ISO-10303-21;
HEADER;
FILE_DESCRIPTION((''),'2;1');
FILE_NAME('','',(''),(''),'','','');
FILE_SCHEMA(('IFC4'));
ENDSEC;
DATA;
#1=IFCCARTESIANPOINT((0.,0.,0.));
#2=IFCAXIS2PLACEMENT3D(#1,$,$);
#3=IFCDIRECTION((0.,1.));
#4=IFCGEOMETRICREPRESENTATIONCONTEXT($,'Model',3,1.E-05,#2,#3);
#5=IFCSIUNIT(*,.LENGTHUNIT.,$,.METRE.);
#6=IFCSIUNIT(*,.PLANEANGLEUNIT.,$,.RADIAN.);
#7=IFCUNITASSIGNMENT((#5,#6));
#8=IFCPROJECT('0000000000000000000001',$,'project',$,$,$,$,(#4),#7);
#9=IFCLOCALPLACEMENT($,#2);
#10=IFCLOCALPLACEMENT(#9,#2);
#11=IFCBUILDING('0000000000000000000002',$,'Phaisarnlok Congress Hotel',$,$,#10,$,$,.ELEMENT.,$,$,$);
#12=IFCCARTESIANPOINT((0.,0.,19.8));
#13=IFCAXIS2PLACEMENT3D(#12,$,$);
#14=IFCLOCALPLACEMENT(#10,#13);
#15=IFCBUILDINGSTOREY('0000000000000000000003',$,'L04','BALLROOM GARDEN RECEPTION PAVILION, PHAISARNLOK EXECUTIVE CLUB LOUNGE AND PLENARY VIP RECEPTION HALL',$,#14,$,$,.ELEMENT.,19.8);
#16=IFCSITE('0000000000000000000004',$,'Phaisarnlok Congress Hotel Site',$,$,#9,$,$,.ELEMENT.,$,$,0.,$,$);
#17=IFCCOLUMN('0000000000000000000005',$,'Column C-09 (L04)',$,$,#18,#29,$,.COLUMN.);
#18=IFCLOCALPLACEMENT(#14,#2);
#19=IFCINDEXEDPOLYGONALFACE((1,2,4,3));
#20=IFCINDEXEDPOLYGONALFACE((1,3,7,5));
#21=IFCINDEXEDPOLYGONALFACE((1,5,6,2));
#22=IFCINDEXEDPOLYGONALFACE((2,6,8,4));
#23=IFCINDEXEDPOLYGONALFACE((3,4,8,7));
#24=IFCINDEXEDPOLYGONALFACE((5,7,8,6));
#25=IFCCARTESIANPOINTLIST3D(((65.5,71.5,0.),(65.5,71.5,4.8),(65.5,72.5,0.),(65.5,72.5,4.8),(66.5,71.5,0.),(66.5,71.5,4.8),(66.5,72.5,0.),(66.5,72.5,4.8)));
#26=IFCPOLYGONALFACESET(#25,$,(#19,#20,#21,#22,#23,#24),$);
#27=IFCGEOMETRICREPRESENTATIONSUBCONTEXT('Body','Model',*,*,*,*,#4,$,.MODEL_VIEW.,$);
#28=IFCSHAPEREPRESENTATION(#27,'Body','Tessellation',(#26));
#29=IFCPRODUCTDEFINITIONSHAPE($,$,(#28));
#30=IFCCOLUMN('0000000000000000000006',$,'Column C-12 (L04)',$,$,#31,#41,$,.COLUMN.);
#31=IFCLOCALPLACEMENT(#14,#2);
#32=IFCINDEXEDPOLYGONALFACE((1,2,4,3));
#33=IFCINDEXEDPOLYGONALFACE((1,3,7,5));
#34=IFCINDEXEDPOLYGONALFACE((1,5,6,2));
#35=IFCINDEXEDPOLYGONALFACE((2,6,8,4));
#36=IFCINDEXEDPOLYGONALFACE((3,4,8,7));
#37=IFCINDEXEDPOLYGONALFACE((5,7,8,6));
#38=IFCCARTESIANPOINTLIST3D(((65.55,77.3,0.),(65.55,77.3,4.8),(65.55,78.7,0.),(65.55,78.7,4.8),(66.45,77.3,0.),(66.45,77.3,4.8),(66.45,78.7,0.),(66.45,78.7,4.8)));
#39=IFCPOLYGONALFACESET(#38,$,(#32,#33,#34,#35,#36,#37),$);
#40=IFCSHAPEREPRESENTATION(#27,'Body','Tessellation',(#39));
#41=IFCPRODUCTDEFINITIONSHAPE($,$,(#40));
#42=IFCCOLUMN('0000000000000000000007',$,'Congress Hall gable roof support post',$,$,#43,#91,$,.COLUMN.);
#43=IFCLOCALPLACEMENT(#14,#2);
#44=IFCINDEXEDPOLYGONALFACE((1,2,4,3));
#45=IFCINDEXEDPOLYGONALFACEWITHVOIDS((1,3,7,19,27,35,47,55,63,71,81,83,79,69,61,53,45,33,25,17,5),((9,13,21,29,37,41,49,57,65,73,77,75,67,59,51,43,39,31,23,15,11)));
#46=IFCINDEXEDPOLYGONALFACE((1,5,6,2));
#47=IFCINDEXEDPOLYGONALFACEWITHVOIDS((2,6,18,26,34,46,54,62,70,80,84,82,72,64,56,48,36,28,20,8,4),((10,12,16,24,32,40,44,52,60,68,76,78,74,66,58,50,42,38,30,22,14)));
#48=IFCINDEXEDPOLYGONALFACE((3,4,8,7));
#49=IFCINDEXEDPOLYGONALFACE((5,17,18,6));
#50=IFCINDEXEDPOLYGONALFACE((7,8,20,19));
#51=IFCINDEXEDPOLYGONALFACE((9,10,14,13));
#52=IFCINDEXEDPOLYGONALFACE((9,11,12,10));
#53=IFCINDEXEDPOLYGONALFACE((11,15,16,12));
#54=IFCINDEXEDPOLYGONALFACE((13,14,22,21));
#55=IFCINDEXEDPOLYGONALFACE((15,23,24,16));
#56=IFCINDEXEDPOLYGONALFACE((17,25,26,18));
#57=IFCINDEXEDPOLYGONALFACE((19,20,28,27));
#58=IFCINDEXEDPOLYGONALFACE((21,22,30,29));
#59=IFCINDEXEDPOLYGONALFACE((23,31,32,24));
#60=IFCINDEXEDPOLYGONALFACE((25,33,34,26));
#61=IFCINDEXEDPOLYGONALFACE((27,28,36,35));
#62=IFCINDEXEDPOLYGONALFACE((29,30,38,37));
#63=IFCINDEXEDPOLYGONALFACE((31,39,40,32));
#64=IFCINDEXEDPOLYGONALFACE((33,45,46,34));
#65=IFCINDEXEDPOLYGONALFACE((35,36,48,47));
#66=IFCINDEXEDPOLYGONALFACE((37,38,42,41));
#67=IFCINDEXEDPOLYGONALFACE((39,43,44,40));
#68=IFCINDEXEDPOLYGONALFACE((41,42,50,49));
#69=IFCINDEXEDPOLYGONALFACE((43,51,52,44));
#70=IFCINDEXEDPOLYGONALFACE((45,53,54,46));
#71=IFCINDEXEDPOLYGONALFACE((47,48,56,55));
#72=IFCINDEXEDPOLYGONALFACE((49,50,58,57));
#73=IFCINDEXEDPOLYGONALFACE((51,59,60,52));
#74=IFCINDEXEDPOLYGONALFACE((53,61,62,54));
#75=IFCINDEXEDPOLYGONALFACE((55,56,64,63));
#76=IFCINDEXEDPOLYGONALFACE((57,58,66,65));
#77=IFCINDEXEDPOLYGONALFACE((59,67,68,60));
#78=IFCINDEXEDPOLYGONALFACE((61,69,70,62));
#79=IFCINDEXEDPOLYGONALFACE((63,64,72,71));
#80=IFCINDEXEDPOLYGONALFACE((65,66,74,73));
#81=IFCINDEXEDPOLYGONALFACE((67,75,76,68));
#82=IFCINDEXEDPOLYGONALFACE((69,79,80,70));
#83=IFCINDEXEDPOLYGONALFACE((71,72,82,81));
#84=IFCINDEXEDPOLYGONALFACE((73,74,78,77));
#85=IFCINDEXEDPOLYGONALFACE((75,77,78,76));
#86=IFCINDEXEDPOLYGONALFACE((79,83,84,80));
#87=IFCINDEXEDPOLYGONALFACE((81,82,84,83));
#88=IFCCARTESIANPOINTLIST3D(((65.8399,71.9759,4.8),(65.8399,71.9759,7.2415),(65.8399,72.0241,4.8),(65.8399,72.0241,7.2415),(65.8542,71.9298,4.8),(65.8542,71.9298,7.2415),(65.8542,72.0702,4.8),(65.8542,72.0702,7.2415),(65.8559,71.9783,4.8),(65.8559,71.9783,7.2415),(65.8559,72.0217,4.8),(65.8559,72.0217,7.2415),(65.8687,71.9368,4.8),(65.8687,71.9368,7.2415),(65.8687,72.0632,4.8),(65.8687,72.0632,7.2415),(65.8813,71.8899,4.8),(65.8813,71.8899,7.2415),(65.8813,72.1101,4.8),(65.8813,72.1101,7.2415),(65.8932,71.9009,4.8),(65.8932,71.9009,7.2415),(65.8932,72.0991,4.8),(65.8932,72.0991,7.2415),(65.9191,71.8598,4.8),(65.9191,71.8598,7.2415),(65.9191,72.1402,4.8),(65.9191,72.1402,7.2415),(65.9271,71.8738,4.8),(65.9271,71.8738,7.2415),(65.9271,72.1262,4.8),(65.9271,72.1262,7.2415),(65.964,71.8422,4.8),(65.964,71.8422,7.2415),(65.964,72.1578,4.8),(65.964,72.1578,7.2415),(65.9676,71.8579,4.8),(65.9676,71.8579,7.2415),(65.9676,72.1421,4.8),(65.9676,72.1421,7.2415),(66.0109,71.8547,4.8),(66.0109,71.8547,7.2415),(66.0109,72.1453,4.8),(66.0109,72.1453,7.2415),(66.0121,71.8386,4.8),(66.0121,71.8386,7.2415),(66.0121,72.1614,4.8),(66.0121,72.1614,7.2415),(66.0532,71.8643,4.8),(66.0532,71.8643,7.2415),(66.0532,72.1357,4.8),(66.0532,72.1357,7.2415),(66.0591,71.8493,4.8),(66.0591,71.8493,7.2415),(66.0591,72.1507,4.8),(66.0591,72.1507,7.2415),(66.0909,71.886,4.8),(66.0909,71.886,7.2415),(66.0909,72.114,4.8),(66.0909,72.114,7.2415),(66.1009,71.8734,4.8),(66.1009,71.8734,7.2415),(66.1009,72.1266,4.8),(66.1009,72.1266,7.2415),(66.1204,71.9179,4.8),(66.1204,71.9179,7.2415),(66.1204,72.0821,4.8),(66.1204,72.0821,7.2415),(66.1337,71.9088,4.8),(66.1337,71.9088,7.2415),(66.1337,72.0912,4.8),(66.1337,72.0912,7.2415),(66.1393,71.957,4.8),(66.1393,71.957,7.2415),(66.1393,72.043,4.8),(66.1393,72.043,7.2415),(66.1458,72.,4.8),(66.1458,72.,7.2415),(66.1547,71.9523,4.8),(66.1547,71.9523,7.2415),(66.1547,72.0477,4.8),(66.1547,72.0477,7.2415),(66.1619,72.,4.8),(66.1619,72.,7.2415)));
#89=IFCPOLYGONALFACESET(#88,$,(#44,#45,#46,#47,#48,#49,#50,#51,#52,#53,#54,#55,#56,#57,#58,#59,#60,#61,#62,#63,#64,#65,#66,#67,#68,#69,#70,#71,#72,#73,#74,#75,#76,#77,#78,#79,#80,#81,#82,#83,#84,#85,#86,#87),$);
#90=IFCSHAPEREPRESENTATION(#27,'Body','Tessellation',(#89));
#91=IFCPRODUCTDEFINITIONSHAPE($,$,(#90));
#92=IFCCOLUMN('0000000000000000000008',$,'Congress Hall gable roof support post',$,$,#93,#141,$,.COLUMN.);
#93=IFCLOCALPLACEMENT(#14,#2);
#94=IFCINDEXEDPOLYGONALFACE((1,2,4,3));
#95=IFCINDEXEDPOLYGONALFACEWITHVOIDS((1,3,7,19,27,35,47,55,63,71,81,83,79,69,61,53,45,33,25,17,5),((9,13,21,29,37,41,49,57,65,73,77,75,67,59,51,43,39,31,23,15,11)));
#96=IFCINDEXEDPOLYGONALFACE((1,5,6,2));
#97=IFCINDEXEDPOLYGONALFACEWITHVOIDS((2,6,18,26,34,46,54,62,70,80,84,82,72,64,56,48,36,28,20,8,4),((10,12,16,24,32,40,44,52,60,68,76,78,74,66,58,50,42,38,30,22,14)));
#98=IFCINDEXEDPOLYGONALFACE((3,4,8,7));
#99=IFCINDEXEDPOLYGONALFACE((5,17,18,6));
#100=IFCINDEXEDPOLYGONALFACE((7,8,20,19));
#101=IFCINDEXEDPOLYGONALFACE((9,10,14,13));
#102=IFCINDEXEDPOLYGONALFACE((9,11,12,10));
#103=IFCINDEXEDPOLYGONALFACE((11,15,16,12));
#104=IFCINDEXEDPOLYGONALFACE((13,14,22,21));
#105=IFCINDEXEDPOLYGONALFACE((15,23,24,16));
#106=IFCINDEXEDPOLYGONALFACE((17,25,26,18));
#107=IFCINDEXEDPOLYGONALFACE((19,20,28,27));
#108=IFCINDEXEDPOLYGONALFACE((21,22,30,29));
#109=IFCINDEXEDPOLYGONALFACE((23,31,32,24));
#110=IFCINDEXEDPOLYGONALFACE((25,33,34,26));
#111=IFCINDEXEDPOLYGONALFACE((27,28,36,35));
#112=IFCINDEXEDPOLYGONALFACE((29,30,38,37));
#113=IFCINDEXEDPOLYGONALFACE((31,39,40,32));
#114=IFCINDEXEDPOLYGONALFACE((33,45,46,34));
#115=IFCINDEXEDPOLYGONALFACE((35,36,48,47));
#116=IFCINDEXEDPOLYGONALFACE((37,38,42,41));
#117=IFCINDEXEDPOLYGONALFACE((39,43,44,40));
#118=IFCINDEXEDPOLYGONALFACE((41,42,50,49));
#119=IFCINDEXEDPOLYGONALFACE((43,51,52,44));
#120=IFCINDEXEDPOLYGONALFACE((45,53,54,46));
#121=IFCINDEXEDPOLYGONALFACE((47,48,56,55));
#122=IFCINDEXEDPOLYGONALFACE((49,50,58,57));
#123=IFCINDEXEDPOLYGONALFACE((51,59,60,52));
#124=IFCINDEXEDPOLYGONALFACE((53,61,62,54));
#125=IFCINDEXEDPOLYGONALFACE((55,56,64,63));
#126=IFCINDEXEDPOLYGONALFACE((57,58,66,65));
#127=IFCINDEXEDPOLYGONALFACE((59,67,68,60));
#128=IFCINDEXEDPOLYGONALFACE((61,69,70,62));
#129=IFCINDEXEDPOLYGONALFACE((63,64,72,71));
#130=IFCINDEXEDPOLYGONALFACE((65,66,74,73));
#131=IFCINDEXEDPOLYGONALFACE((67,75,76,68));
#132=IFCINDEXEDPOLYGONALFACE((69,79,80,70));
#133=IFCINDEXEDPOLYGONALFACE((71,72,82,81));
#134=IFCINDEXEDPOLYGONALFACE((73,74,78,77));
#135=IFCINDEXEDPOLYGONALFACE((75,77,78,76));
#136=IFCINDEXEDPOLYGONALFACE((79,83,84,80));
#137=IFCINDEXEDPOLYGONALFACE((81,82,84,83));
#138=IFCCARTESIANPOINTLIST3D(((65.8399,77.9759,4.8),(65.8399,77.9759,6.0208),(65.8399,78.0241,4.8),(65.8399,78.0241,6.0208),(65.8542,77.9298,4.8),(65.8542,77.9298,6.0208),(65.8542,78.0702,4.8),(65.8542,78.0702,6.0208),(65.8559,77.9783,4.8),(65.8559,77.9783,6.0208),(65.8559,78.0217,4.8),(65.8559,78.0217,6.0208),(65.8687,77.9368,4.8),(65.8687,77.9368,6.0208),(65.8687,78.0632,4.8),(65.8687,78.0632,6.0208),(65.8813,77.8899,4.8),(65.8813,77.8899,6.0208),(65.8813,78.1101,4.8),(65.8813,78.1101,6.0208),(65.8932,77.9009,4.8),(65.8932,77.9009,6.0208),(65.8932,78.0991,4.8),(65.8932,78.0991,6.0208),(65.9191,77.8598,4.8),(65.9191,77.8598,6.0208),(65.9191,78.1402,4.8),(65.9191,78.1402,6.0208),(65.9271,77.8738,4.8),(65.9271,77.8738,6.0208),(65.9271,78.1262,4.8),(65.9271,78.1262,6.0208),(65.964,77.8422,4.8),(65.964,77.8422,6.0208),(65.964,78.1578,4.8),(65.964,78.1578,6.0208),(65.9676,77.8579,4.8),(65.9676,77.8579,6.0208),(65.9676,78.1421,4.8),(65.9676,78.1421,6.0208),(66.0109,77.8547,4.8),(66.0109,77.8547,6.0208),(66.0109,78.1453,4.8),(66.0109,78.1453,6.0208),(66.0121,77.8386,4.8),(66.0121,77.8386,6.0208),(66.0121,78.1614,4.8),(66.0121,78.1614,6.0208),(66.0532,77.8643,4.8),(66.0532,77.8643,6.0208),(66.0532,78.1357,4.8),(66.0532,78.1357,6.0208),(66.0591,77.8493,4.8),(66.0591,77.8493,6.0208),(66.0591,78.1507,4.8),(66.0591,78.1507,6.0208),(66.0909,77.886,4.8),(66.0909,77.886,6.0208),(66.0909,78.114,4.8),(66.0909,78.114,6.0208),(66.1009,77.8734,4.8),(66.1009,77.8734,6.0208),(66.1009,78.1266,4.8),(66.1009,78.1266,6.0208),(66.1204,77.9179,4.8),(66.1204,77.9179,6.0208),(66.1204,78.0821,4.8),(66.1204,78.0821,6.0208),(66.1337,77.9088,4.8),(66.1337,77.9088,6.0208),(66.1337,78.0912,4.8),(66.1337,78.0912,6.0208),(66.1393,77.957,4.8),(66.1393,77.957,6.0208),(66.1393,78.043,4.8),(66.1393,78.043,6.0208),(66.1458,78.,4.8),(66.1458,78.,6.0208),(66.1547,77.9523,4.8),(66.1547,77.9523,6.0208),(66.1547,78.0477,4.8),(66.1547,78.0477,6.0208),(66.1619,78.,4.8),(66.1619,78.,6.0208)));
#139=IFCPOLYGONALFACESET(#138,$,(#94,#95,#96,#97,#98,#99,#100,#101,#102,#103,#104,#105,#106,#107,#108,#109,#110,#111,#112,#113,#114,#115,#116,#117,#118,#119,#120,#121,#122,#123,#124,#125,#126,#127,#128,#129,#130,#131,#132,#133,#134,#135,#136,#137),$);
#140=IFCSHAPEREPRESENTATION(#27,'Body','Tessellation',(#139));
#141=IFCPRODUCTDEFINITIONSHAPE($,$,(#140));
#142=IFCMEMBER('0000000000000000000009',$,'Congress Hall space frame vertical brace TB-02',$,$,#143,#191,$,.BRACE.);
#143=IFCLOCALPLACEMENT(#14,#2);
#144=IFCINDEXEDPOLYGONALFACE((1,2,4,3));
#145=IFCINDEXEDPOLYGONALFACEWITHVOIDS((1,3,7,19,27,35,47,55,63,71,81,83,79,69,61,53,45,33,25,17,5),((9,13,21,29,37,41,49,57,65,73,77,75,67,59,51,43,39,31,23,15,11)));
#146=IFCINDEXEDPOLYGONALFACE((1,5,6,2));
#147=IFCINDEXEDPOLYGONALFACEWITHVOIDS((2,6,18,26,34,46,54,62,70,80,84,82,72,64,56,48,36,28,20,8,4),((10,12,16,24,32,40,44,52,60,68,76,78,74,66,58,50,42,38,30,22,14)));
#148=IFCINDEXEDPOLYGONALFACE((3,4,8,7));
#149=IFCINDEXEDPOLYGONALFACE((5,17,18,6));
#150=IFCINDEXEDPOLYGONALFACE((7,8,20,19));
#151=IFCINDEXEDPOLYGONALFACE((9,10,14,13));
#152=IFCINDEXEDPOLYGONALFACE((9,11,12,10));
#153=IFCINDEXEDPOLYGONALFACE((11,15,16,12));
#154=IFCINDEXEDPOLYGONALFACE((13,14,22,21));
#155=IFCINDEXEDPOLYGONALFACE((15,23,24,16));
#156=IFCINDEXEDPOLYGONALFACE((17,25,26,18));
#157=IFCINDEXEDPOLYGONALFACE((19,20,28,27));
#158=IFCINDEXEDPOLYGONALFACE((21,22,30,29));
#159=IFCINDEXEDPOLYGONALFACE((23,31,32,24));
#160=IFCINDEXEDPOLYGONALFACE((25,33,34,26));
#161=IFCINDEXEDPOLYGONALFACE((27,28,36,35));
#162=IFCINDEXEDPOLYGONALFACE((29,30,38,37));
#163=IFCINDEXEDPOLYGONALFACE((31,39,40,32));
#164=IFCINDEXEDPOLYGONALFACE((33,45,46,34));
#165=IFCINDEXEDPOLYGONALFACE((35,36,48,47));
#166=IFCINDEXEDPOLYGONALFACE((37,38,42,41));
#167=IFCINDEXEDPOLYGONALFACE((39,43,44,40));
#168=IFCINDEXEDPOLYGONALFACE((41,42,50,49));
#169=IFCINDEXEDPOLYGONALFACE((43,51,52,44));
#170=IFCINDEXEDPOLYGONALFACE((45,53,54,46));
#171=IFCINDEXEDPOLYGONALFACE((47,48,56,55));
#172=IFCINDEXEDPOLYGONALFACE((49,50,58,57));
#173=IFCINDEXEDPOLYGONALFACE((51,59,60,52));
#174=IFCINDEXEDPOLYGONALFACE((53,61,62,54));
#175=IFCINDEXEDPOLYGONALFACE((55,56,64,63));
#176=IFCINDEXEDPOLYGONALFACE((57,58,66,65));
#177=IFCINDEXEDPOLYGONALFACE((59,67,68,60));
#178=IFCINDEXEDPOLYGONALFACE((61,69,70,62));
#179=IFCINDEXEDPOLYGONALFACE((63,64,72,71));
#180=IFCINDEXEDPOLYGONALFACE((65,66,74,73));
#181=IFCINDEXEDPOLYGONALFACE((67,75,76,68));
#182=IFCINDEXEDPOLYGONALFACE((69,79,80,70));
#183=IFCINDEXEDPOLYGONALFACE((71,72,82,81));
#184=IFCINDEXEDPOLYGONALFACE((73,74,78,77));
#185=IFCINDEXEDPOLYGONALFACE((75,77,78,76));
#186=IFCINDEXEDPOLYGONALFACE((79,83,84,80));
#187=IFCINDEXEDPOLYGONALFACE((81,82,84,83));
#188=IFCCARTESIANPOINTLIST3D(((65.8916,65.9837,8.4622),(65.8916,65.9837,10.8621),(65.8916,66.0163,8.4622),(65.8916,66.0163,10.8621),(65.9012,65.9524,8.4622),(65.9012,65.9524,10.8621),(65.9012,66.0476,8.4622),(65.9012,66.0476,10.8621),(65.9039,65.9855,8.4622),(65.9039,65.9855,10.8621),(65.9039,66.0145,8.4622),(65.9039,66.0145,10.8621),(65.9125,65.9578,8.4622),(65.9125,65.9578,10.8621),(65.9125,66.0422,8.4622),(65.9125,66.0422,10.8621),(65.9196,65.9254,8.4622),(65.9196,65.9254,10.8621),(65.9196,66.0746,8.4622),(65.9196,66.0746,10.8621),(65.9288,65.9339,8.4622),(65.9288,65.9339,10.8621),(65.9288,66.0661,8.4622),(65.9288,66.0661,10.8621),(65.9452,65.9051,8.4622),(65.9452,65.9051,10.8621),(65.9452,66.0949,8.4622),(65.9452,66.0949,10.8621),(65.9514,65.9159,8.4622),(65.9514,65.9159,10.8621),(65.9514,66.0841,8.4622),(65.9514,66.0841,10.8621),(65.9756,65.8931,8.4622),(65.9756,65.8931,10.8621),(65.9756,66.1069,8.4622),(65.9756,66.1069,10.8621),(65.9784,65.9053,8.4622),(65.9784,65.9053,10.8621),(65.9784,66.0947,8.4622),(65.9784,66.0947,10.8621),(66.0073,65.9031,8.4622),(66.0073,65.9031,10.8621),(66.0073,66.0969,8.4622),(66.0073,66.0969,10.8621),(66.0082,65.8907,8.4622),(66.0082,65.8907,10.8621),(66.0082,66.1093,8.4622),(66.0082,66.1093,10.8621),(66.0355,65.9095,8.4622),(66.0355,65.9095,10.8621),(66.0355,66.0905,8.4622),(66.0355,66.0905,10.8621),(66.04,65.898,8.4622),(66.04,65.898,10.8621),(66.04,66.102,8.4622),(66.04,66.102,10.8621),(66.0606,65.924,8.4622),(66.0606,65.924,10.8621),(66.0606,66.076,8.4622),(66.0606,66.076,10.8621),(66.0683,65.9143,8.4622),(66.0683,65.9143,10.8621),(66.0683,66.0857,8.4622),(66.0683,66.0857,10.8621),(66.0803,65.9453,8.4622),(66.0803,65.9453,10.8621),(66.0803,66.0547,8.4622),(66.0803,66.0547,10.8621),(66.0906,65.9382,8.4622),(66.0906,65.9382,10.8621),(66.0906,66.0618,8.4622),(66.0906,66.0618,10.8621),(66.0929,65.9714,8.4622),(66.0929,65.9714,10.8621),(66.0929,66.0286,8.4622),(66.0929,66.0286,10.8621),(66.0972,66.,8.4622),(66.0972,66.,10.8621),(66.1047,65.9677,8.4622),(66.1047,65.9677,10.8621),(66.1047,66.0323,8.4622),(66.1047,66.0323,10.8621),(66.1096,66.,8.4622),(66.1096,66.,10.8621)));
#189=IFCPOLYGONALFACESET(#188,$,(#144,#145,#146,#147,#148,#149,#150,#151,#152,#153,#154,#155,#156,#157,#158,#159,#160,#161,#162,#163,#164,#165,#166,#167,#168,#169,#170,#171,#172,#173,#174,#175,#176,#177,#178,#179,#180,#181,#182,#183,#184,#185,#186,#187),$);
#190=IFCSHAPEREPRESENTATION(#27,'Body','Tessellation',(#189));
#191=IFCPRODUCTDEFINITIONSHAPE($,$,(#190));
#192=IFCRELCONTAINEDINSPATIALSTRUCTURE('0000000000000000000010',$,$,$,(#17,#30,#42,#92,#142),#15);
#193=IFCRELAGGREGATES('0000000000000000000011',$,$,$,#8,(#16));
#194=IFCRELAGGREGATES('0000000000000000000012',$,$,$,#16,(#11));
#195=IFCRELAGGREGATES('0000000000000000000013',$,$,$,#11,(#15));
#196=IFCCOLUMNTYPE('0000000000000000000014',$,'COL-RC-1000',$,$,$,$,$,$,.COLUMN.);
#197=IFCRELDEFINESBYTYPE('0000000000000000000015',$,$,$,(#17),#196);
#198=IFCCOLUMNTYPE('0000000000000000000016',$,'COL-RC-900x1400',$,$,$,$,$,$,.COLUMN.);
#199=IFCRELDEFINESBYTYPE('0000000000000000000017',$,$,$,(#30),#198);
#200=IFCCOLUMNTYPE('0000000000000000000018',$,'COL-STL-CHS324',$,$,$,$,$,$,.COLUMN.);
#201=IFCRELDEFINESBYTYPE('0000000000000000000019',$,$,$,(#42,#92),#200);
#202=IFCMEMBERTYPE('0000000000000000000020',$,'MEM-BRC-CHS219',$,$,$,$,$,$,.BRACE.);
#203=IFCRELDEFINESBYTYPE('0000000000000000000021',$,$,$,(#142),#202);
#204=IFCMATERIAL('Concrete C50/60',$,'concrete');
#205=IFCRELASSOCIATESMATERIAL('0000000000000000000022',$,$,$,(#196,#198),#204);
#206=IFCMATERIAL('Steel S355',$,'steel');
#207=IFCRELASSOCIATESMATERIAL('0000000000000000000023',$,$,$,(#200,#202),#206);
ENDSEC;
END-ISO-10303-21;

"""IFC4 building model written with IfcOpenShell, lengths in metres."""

from ifc_helpers import new_model, si_unit, direction, frame, origin, origin_2d, place, context, subcontext, project, spatial, rectangle, hollow_circle, extrude, material, material_profile, profile_set, type_object, element, save


model = new_model("IFC4")

# Units and contexts
model_context = context("Model", 3, precision=1e-05, world=origin(), true_north=direction((0.0, 1.0)))
body_context = subcontext(model_context, "Body", "Model", "MODEL_VIEW")
ifc_project = project(units=[si_unit("LENGTHUNIT", "METRE"), si_unit("PLANEANGLEUNIT", "RADIAN")], contexts=[model_context])

# Site, building, storey
site_placement = place(None, origin())
site = spatial("IfcSite", under=ifc_project, at=site_placement, Name="Phaisarnlok Congress Hotel Site", CompositionType="ELEMENT", RefElevation=0.0)
building_placement = place(site_placement, origin())
building = spatial("IfcBuilding", under=site, at=building_placement, Name="Phaisarnlok Congress Hotel", CompositionType="ELEMENT")
storey_placement = place(building_placement, frame((0.0, 0.0, 19.8)))
storey = spatial("IfcBuildingStorey", under=building, at=storey_placement, Name="L04", Description="BALLROOM GARDEN RECEPTION PAVILION, PHAISARNLOK EXECUTIVE CLUB LOUNGE AND PLENARY VIP RECEPTION HALL", CompositionType="ELEMENT", Elevation=19.8)

# Columns
ifc_material_1 = material(Name="Concrete C50/60", Category="concrete")
ifc_material_profile_1 = material_profile(ifc_material_1, rectangle(XDim=1.0, YDim=1.0, at=origin_2d()), Name="RC 1000x1000")
ifc_profile_set_1 = profile_set([ifc_material_profile_1], Name="Concrete C50/60")
column_type_1 = type_object("IfcColumnType", Name="COL-RC-1000", PredefinedType="COLUMN", material=ifc_profile_set_1)
column_1_placement = place(storey_placement, frame((66.0, 72.0, 0.0), z_axis=(0.0, 0.0, 1.0), x_axis=(1.0, 0.0, 0.0)))
element("IfcColumn", 1, at=column_1_placement, inside=storey, type_object=column_type_1, Name="Column C-09 (L04)", PredefinedType="COLUMN", context=body_context, shape_type="SweptSolid", body=[
    extrude(rectangle(XDim=1.0, YDim=1.0, at=origin_2d()), origin(), (0.0, 0.0, 1.0), 4.8),
])
ifc_material_profile_2 = material_profile(ifc_material_1, rectangle(XDim=0.8999, YDim=1.3999, at=origin_2d()), Name="RC 900x1400")
ifc_profile_set_2 = profile_set([ifc_material_profile_2], Name="Concrete C50/60")
column_type_2 = type_object("IfcColumnType", Name="COL-RC-900x1400", PredefinedType="COLUMN", material=ifc_profile_set_2)
column_2_placement = place(storey_placement, frame((66.0, 78.0, 0.0), z_axis=(0.0, 0.0, 1.0), x_axis=(1.0, 0.0, 0.0)))
element("IfcColumn", 2, at=column_2_placement, inside=storey, type_object=column_type_2, Name="Column C-12 (L04)", PredefinedType="COLUMN", context=body_context, shape_type="SweptSolid", body=[
    extrude(rectangle(XDim=0.8999, YDim=1.3999, at=origin_2d()), origin(), (0.0, 0.0, 1.0), 4.8),
])
ifc_material_2 = material(Name="Steel S355", Category="steel")
ifc_material_profile_3 = material_profile(ifc_material_2, hollow_circle(Radius=0.1619, WallThickness=0.0161, at=origin_2d()), Name="CHS 323.9x16")
ifc_profile_set_3 = profile_set([ifc_material_profile_3], Name="Steel S355")
column_type_3 = type_object("IfcColumnType", Name="COL-STL-CHS324", PredefinedType="COLUMN", material=ifc_profile_set_3)
column_3_placement = place(storey_placement, frame((66.0, 72.0, 4.8), z_axis=(0.0, 0.0, 1.0), x_axis=(1.0, 0.0, 0.0)))
element("IfcColumn", 3, at=column_3_placement, inside=storey, type_object=column_type_3, Name="Congress Hall gable roof support post", PredefinedType="COLUMN", context=body_context, shape_type="SweptSolid", body=[
    extrude(hollow_circle(Radius=0.1619, WallThickness=0.0161, at=origin_2d()), origin(), (0.0, 0.0, 1.0), 2.4414),
])
column_4_placement = place(storey_placement, frame((66.0, 78.0, 4.8), z_axis=(0.0, 0.0, 1.0), x_axis=(1.0, 0.0, 0.0)))
element("IfcColumn", 4, at=column_4_placement, inside=storey, type_object=column_type_3, Name="Congress Hall gable roof support post", PredefinedType="COLUMN", context=body_context, shape_type="SweptSolid", body=[
    extrude(hollow_circle(Radius=0.1619, WallThickness=0.0161, at=origin_2d()), origin(), (0.0, 0.0, 1.0), 1.2207),
])

# Member
ifc_material_profile_4 = material_profile(ifc_material_2, hollow_circle(Radius=0.1096, WallThickness=0.0125, at=origin_2d()), Name="CHS 219.1x12.5")
ifc_profile_set_4 = profile_set([ifc_material_profile_4], Name="Steel S355")
member_type_1 = type_object("IfcMemberType", Name="MEM-BRC-CHS219", PredefinedType="BRACE", material=ifc_profile_set_4)
for number, where, z_axis, x_axis, name in (
    (5, (66.0, 66.0, 8.4622), (0.0, 0.0, 1.0), (1.0, 0.0, 0.0), "Congress Hall space frame vertical brace TB-02"),
):
    element("IfcMember", number, at=place(storey_placement, frame(where, z_axis=z_axis, x_axis=x_axis)), inside=storey, type_object=member_type_1, Name=name, PredefinedType="BRACE", context=body_context, shape_type="SweptSolid", body=[
        extrude(hollow_circle(Radius=0.1096, WallThickness=0.0125, at=origin_2d()), origin(), (0.0, 0.0, 1.0), 2.3999),
    ])

save(model, "model.ifc")
